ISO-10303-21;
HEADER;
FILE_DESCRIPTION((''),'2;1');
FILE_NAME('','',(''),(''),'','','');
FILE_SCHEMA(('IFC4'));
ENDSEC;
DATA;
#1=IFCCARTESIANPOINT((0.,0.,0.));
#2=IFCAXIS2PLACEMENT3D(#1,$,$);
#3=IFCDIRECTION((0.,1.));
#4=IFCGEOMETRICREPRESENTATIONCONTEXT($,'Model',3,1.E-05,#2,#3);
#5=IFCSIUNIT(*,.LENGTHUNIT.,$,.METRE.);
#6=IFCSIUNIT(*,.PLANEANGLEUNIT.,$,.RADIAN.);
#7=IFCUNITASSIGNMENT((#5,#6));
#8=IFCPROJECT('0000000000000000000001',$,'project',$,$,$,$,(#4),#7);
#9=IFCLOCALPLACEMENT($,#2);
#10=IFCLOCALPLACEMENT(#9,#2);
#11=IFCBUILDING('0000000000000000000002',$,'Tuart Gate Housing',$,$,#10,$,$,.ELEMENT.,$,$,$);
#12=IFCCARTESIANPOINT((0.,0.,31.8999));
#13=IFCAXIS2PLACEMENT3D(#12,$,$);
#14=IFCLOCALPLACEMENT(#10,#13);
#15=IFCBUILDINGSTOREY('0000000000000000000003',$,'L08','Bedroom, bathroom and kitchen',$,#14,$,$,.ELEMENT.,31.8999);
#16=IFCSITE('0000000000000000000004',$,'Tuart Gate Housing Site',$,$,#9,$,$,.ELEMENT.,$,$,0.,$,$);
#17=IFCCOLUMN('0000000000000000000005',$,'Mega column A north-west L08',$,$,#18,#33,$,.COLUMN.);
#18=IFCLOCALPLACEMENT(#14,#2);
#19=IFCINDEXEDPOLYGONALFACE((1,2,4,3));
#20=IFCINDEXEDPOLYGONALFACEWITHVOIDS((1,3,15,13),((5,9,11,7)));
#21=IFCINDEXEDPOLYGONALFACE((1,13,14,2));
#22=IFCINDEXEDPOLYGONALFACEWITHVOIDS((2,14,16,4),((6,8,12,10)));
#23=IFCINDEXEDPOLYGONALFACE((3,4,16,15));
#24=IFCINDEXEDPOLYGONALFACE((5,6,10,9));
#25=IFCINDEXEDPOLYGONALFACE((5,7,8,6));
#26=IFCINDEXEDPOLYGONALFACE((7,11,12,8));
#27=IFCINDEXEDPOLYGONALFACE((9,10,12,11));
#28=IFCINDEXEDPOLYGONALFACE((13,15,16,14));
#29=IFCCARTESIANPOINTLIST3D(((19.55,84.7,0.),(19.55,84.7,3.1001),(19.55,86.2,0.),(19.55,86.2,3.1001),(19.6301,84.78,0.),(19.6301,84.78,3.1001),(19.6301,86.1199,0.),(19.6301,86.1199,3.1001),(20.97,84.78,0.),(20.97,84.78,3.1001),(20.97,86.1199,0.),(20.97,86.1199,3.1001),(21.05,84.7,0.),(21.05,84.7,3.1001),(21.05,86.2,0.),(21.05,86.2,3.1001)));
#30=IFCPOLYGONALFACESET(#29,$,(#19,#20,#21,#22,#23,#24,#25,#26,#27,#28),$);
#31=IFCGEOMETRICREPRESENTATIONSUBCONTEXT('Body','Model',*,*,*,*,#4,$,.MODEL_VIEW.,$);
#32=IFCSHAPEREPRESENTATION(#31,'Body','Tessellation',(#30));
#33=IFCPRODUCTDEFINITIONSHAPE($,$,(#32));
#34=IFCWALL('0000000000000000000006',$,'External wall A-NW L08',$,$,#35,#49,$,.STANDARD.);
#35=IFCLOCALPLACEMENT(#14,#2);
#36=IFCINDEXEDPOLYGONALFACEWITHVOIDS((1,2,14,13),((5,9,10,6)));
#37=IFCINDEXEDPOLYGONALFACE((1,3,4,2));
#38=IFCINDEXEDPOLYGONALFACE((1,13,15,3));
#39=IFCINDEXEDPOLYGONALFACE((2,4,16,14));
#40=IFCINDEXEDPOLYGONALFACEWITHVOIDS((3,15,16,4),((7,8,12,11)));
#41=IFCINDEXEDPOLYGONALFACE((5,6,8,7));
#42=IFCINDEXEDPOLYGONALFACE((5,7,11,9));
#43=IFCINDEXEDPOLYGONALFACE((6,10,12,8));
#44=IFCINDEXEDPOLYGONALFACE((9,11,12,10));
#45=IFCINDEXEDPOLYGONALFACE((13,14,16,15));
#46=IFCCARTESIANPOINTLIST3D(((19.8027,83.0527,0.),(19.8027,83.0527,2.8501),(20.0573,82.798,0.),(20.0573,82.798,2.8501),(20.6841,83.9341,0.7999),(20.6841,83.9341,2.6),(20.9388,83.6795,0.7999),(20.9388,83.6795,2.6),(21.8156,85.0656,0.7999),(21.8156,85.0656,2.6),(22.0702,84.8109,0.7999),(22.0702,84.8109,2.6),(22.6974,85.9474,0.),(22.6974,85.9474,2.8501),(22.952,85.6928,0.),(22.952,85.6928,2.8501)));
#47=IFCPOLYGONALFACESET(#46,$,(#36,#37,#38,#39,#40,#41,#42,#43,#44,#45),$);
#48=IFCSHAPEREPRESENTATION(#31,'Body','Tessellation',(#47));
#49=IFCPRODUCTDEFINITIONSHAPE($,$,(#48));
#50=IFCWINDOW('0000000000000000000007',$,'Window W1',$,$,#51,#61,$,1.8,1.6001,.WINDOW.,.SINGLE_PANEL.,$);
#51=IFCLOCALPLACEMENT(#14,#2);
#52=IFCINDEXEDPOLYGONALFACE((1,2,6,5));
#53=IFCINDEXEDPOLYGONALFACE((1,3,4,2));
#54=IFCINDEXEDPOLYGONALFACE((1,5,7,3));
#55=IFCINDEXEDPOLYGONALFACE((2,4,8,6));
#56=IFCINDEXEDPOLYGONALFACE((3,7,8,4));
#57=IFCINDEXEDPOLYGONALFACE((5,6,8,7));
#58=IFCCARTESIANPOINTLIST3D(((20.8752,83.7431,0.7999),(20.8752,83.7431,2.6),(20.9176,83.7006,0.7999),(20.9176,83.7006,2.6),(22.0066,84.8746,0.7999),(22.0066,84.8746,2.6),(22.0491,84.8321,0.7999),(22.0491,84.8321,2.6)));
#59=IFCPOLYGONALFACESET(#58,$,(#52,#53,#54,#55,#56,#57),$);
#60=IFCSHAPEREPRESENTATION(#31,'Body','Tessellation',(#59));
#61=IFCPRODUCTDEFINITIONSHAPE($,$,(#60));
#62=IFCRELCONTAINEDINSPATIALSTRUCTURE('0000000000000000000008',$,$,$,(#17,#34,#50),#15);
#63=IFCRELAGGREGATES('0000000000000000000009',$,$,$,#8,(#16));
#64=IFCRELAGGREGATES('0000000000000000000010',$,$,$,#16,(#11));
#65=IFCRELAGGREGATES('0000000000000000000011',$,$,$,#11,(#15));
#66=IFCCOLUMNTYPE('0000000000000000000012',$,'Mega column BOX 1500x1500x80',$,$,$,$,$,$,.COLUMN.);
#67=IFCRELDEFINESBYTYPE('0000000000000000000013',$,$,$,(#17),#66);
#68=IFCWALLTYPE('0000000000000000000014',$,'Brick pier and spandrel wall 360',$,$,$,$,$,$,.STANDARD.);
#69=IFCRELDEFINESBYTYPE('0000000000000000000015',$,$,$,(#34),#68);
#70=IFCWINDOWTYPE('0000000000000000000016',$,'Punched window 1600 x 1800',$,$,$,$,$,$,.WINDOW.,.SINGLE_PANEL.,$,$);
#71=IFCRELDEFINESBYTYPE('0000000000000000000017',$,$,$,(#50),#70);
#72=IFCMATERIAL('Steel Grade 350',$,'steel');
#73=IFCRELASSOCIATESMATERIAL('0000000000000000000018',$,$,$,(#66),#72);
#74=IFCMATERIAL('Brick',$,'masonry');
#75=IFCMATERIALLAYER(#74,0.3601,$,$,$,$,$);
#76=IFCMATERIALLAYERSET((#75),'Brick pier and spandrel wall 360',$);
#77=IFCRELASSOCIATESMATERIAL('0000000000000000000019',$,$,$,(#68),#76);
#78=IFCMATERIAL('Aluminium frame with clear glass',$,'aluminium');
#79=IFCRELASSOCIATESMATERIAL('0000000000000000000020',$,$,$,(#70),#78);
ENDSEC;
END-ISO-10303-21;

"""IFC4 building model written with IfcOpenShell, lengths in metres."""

from ifc_helpers import new_model, si_unit, direction, frame, frame_2d, origin, origin_2d, place, context, subcontext, project, spatial, rectangle, hollow_rectangle, extrude, material, layer, layer_set, material_profile, profile_set, type_object, element, fill, save


model = new_model("IFC4")

# Units and contexts
model_context = context("Model", 3, precision=1e-05, world=origin(), true_north=direction((0.0, 1.0)))
body_context = subcontext(model_context, "Body", "Model", "MODEL_VIEW")
ifc_project = project(units=[si_unit("LENGTHUNIT", "METRE"), si_unit("PLANEANGLEUNIT", "RADIAN")], contexts=[model_context])

# Site, building, storey
site_placement = place(None, origin())
site = spatial("IfcSite", under=ifc_project, at=site_placement, Name="Tuart Gate Housing Site", CompositionType="ELEMENT", RefElevation=0.0)
building_placement = place(site_placement, origin())
building = spatial("IfcBuilding", under=site, at=building_placement, Name="Tuart Gate Housing", CompositionType="ELEMENT")
storey_placement = place(building_placement, frame((0.0, 0.0, 31.8999)))
storey = spatial("IfcBuildingStorey", under=building, at=storey_placement, Name="L08", Description="Bedroom, bathroom and kitchen", CompositionType="ELEMENT", Elevation=31.8999)

# Column
ifc_material_1 = material(Name="Steel Grade 350", Category="steel")
ifc_material_profile = material_profile(ifc_material_1, hollow_rectangle(XDim=1.5, YDim=1.5, WallThickness=0.0801, at=origin_2d()), Name="BOX 1500x1500x80")
ifc_profile_set = profile_set([ifc_material_profile], Name="Steel Grade 350")
column_type = type_object("IfcColumnType", Name="Mega column BOX 1500x1500x80", PredefinedType="COLUMN", material=ifc_profile_set)
column_placement = place(storey_placement, frame((20.3, 85.45, 0.0), z_axis=(0.0, 0.0, 1.0), x_axis=(1.0, 0.0, 0.0)))
element("IfcColumn", 1, at=column_placement, inside=storey, type_object=column_type, Name="Mega column A north-west L08", PredefinedType="COLUMN", context=body_context, shape_type="SweptSolid", body=[
    extrude(hollow_rectangle(XDim=1.5, YDim=1.5, WallThickness=0.0801, at=origin_2d()), origin(), (0.0, 0.0, 1.0), 3.1001),
])

# Wall, opening, window
ifc_material_2 = material(Name="Brick", Category="masonry")
ifc_layer = layer(ifc_material_2, 0.3601)
ifc_layer_set = layer_set([ifc_layer], Name="Brick pier and spandrel wall 360")
wall_type = type_object("IfcWallType", Name="Brick pier and spandrel wall 360", PredefinedType="STANDARD", material=ifc_layer_set)
wall_1_placement = place(storey_placement, frame((22.8247, 85.8201, 0.0), z_axis=(0.0, 0.0, 1.0), x_axis=(-0.707107, -0.707107, 0.0)))
wall_1 = element("IfcWall", 2, at=wall_1_placement, inside=storey, type_object=wall_type, Name="External wall A-NW L08", PredefinedType="STANDARD", context=body_context, shape_type="SweptSolid", body=[
    extrude(rectangle(XDim=4.0938, YDim=0.3601, at=frame_2d((2.0469, 0.0))), origin(), (0.0, 0.0, 1.0), 2.8501),
])
opening_1_placement = place(wall_1_placement, frame((1.2471, 0.0, 0.8)))
opening_1 = element("IfcOpeningElement", 3, at=opening_1_placement, cuts=wall_1, PredefinedType="OPENING", context=body_context, shape_type="SweptSolid", body=[
    extrude(rectangle(XDim=1.6001, YDim=1.8, at=frame_2d((0.8, 0.8999))), frame((0.0, 0.1899, 0.0), z_axis=(0.0, -1.0, 0.0), x_axis=(1.0, 0.0, 0.0)), (0.0, 0.0, 1.0), 0.3801),
])
ifc_material_3 = material(Name="Aluminium frame with clear glass", Category="aluminium")
window_type_1 = type_object("IfcWindowType", Name="Punched window 1600 x 1800", PartitioningType="SINGLE_PANEL", PredefinedType="WINDOW", material=ifc_material_3)
window_1_placement = place(opening_1_placement, origin())
window_1 = element("IfcWindow", 4, at=window_1_placement, inside=storey, type_object=window_type_1, Name="Window W1", OverallHeight=1.8, OverallWidth=1.6001, PartitioningType="SINGLE_PANEL", PredefinedType="WINDOW", context=body_context, shape_type="SweptSolid", body=[
    extrude(rectangle(XDim=1.6001, YDim=1.8, at=frame_2d((0.8, 0.8999))), frame((0.0, 0.1501, 0.0), z_axis=(0.0, -1.0, 0.0), x_axis=(1.0, 0.0, 0.0)), (0.0, 0.0, 1.0), 0.0601),
])
fill(opening_1, window_1)

save(model, "model.ifc")
